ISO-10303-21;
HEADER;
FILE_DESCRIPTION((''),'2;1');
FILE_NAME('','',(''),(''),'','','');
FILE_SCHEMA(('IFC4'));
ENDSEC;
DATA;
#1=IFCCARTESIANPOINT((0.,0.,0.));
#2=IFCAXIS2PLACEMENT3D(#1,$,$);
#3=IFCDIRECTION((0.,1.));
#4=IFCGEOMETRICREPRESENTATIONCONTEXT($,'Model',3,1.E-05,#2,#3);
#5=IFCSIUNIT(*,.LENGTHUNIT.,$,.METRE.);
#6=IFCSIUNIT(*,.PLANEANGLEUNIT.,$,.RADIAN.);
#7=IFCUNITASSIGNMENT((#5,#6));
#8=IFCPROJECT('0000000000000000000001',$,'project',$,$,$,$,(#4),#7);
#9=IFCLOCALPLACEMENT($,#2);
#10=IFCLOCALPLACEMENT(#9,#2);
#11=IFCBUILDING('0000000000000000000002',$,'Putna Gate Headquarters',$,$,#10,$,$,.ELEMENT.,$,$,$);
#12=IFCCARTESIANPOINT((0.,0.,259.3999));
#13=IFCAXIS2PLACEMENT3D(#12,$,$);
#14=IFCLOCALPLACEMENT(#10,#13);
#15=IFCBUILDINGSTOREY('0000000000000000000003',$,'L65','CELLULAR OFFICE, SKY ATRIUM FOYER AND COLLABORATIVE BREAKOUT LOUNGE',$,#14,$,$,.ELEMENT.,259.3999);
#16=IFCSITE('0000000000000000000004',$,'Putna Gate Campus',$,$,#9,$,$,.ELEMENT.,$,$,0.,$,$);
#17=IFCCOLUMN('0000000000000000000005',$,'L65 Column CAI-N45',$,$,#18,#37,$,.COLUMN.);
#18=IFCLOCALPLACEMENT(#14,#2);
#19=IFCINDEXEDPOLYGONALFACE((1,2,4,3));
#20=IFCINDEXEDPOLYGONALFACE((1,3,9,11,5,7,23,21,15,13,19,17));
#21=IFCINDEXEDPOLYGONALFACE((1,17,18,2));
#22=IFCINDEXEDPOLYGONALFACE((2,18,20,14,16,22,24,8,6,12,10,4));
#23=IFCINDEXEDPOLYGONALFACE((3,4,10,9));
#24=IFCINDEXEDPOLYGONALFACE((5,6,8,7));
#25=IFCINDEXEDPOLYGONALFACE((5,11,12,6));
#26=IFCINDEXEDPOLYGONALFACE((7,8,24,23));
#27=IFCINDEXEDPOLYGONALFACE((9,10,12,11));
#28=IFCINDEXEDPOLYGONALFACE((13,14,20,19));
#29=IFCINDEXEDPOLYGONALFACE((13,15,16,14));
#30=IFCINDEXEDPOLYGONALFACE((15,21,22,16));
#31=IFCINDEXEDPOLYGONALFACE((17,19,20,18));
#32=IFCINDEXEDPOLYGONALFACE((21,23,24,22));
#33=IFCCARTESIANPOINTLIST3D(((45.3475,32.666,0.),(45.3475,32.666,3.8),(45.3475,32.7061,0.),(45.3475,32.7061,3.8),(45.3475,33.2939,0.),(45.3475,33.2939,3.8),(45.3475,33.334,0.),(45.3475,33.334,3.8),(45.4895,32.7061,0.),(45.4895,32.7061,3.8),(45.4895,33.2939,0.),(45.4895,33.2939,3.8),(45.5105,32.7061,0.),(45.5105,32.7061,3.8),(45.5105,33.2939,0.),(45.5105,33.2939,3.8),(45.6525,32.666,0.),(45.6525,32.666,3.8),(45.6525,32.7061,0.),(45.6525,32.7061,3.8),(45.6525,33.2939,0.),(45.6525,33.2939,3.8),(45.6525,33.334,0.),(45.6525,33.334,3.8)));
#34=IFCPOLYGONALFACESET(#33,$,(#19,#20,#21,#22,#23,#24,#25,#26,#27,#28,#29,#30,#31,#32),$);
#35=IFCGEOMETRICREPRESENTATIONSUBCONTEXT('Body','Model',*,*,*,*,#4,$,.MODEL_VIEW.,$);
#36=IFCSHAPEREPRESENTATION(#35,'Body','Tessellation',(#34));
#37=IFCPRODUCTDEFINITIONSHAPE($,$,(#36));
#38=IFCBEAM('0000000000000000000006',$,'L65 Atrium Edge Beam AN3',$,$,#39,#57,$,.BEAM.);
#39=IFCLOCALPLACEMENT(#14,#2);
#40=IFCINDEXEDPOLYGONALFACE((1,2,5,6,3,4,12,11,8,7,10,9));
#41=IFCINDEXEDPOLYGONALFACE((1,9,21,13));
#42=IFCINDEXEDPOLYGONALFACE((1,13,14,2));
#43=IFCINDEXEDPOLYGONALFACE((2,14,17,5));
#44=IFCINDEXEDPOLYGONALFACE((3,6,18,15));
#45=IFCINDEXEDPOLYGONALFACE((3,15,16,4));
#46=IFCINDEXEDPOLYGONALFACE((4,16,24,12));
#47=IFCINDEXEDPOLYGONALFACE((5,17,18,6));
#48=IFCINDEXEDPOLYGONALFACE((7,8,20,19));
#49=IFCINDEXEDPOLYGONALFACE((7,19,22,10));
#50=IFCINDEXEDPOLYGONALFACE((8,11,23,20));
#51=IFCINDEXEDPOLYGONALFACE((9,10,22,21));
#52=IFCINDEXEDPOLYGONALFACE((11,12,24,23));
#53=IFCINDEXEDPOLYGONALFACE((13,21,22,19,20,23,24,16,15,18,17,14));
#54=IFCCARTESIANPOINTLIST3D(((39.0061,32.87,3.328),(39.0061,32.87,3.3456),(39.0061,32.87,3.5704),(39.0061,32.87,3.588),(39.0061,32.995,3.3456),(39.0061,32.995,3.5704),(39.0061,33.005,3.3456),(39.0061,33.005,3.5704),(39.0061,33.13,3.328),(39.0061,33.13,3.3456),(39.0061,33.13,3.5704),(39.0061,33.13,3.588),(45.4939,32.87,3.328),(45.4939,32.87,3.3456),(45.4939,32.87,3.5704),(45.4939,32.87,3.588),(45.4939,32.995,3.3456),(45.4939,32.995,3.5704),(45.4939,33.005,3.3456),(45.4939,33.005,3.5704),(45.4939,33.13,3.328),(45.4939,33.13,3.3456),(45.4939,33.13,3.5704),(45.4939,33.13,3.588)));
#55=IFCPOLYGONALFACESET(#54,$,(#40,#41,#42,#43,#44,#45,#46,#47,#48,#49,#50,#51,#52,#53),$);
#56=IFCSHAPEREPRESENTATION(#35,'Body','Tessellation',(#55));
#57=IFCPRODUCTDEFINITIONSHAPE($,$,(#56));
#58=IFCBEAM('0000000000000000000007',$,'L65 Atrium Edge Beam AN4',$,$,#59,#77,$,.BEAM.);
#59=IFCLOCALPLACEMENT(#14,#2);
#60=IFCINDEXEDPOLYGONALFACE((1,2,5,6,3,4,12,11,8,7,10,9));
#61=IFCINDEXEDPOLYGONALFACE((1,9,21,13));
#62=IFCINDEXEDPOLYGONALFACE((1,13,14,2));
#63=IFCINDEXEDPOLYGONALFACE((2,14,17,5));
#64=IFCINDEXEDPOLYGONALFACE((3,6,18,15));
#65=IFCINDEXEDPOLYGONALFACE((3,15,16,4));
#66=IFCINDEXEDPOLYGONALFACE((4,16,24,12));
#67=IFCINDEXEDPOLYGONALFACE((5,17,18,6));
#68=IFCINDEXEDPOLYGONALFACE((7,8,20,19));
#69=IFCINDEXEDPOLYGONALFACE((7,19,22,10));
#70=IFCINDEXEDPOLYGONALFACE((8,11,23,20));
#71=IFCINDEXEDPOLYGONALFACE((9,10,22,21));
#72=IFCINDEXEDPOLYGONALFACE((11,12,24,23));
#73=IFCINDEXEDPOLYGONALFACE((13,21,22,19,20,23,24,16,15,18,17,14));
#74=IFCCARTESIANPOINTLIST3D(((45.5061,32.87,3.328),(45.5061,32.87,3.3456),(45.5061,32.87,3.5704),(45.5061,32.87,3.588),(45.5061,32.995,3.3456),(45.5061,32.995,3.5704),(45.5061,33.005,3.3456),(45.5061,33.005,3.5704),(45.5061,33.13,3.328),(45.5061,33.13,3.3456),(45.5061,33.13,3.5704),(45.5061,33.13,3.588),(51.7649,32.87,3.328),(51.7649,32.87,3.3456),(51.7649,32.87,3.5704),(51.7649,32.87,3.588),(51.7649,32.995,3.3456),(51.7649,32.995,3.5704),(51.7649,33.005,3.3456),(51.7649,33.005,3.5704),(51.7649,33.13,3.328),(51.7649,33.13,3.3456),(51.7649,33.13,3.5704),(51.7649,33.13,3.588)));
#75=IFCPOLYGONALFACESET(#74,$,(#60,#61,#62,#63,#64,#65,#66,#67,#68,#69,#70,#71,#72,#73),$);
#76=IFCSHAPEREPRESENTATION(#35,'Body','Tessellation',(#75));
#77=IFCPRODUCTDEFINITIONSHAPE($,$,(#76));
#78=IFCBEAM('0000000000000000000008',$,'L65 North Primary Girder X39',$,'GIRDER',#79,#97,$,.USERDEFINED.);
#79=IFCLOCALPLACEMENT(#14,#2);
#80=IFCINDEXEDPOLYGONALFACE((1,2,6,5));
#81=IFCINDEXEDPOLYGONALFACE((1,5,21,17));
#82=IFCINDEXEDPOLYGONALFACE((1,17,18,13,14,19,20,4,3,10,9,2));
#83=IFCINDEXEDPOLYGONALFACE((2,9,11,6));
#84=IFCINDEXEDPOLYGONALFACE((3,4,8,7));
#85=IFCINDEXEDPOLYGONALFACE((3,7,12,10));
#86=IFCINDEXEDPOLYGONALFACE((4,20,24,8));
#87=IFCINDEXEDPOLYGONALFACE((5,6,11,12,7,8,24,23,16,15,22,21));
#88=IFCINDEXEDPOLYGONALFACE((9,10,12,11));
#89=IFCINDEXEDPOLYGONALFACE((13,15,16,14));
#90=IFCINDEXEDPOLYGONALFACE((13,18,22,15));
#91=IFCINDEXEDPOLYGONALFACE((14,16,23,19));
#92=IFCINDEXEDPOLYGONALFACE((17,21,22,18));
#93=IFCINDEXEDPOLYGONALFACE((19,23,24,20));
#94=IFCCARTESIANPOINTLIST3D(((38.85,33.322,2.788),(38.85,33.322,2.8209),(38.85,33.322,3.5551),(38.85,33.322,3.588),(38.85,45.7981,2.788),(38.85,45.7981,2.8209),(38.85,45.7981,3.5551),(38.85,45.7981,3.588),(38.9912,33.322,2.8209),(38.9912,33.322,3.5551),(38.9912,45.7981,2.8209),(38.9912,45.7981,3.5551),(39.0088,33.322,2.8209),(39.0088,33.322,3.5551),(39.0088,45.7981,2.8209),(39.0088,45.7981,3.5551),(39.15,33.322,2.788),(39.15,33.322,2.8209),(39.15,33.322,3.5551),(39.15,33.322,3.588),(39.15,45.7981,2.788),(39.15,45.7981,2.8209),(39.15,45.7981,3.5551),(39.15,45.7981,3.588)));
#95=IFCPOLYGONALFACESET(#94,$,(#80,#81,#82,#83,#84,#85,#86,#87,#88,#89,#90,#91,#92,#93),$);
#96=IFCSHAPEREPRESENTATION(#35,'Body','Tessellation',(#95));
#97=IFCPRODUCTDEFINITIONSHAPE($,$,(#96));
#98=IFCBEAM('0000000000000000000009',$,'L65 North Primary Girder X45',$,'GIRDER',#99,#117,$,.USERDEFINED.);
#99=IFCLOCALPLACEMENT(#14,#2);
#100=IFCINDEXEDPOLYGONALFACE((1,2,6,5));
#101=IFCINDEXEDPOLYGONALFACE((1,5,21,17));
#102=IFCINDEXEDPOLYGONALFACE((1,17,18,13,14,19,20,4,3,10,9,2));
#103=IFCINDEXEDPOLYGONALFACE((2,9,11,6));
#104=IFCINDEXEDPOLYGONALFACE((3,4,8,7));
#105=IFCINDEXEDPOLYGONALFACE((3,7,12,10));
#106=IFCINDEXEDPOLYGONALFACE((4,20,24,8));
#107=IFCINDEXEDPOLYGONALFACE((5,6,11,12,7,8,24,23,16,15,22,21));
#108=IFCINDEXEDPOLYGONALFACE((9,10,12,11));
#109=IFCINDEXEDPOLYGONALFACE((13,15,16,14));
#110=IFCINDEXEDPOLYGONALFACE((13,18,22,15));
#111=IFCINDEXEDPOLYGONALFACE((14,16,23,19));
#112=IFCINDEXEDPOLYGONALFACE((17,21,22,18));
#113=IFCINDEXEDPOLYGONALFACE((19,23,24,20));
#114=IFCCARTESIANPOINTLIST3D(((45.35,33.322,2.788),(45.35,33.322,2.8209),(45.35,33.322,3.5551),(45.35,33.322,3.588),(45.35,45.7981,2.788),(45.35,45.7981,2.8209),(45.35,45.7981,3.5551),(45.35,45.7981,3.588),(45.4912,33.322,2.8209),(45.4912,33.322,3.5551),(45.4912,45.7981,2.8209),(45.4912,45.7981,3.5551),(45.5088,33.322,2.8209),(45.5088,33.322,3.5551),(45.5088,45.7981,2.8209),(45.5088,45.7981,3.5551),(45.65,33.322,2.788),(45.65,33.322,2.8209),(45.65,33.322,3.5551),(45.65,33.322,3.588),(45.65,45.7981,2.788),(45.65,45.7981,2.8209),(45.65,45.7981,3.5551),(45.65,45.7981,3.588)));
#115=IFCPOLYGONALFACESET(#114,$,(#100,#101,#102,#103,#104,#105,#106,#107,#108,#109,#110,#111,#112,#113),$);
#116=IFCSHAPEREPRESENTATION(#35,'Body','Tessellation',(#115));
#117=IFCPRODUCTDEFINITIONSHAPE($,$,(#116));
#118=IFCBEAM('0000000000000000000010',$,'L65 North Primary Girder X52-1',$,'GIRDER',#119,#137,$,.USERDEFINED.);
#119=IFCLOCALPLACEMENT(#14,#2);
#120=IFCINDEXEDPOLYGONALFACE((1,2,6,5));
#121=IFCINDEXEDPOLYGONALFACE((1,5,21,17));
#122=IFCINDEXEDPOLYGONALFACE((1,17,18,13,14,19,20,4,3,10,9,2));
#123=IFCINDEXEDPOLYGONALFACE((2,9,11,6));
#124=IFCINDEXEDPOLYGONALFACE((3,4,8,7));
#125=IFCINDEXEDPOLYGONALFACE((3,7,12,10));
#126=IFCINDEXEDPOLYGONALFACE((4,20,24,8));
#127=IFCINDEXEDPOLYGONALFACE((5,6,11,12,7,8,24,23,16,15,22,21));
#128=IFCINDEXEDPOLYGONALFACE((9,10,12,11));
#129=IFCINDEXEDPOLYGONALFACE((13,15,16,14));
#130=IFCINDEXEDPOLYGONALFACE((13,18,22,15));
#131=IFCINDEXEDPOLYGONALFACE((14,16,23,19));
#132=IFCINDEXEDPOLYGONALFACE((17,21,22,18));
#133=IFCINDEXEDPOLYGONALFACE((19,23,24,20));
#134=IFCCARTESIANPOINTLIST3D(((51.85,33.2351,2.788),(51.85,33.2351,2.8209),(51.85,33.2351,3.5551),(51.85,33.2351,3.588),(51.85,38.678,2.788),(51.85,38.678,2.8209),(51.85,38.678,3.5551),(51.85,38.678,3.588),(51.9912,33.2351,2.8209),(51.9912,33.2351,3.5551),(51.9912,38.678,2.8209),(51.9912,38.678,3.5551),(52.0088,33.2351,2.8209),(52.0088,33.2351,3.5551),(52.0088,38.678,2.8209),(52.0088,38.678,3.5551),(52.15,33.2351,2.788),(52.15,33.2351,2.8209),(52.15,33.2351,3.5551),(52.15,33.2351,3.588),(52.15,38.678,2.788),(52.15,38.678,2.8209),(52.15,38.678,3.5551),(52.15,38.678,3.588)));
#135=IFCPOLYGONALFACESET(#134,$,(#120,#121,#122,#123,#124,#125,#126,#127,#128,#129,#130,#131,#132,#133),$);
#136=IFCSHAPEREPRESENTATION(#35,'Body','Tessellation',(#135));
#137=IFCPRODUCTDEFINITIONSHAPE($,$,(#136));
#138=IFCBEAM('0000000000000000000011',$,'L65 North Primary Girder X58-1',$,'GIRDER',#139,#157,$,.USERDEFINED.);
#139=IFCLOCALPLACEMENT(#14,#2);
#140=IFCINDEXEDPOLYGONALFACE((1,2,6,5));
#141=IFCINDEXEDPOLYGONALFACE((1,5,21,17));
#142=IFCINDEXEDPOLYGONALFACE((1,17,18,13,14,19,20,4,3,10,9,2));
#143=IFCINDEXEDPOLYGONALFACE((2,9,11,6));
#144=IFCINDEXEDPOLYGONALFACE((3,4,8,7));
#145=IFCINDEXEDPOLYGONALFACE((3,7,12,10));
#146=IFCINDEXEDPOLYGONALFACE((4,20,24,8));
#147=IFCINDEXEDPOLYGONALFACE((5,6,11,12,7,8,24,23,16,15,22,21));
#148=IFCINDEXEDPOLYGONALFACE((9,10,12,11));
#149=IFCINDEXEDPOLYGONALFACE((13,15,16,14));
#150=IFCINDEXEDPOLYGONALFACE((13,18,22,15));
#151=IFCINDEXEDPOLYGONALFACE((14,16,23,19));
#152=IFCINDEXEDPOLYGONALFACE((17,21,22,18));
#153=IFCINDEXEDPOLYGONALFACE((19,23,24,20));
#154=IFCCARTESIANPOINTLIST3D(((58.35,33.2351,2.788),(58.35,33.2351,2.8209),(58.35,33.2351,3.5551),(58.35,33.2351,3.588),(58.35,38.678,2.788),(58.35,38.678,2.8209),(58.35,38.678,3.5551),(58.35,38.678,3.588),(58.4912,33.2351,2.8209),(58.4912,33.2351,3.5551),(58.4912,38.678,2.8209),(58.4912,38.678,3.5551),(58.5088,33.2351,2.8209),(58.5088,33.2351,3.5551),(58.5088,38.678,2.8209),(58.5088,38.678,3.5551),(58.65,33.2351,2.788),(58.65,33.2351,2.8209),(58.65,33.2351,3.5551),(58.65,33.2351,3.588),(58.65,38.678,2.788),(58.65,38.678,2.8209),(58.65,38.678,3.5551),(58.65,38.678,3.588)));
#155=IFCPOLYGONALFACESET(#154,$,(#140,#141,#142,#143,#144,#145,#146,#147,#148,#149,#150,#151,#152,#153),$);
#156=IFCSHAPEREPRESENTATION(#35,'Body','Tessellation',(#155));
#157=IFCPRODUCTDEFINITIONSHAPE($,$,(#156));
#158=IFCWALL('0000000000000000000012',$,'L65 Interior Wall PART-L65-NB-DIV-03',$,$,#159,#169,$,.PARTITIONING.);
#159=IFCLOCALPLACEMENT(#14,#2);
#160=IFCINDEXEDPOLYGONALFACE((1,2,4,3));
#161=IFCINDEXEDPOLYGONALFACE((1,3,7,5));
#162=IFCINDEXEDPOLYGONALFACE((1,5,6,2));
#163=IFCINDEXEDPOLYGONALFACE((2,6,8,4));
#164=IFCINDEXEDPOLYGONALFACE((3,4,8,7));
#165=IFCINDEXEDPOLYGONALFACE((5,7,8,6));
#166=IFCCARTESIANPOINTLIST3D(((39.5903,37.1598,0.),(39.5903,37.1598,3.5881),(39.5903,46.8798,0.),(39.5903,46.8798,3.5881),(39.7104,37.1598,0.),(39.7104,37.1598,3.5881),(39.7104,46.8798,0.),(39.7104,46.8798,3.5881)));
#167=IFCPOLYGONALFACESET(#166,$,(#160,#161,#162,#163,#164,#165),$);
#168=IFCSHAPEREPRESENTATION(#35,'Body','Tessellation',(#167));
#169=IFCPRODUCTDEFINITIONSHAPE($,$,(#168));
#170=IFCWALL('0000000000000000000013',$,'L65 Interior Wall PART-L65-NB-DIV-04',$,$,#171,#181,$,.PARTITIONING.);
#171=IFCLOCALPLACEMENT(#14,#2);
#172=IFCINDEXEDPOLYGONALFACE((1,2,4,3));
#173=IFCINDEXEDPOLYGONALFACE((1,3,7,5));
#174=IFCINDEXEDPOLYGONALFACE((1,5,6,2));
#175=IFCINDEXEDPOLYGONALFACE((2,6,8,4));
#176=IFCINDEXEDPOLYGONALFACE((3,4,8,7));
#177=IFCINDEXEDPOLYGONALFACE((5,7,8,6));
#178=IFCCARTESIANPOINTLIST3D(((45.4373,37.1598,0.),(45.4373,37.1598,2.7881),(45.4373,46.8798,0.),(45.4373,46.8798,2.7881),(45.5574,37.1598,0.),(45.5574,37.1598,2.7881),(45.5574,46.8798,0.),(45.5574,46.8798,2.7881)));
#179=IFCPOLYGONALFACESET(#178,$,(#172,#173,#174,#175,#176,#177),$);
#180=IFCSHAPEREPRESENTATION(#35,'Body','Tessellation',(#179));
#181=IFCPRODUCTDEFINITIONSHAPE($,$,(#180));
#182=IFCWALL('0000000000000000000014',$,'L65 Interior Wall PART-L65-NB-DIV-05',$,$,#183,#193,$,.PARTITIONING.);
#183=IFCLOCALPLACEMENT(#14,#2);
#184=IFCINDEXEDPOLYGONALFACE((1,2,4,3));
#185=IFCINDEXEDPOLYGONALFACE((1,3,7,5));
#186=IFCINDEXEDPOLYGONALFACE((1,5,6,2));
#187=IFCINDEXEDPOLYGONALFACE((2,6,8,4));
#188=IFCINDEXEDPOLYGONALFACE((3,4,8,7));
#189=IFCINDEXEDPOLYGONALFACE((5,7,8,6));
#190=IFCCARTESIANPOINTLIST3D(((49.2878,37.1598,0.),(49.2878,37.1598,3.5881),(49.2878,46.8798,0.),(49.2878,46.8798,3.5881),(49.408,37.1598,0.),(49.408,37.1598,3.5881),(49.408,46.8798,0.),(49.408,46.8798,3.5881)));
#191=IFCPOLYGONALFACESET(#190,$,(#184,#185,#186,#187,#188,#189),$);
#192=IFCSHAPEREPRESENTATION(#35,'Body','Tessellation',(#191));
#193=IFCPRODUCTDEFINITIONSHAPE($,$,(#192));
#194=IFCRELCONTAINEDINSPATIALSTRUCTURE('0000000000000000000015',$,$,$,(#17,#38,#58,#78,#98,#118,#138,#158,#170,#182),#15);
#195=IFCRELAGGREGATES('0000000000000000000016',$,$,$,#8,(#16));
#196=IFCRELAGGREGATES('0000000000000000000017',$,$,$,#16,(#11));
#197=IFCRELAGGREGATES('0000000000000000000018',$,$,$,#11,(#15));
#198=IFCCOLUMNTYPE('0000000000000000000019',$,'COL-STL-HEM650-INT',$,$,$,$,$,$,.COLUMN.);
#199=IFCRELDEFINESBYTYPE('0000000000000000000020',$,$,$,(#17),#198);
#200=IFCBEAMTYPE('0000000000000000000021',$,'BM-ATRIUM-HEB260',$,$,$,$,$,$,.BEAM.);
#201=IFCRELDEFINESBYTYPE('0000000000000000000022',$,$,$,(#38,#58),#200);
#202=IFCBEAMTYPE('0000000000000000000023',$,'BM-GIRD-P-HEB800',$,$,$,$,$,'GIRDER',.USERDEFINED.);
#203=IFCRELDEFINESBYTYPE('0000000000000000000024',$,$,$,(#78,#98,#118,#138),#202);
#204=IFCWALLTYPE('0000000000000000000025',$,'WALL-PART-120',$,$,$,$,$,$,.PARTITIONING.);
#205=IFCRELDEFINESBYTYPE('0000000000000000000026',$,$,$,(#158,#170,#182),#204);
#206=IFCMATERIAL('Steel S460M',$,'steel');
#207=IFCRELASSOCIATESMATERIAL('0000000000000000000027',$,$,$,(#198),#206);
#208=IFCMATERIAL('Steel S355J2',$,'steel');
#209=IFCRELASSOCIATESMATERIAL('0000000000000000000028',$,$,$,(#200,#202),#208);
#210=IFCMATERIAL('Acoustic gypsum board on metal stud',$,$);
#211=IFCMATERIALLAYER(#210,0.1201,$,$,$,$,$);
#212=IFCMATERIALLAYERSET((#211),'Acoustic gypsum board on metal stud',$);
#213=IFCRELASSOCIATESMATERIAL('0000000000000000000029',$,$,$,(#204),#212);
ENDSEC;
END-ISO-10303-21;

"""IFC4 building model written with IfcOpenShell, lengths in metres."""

from ifc_helpers import new_model, si_unit, direction, frame, frame_2d, origin, origin_2d, place, context, subcontext, project, spatial, rectangle, i_section, extrude, material, layer, layer_set, material_profile, profile_set, type_object, element, save


model = new_model("IFC4")

# Units and contexts
model_context = context("Model", 3, precision=1e-05, world=origin(), true_north=direction((0.0, 1.0)))
body_context = subcontext(model_context, "Body", "Model", "MODEL_VIEW")
ifc_project = project(units=[si_unit("LENGTHUNIT", "METRE"), si_unit("PLANEANGLEUNIT", "RADIAN")], contexts=[model_context])

# Site, building, storey
site_placement = place(None, origin())
site = spatial("IfcSite", under=ifc_project, at=site_placement, Name="Putna Gate Campus", CompositionType="ELEMENT", RefElevation=0.0)
building_placement = place(site_placement, origin())
building = spatial("IfcBuilding", under=site, at=building_placement, Name="Putna Gate Headquarters", CompositionType="ELEMENT")
storey_placement = place(building_placement, frame((0.0, 0.0, 259.3999)))
storey = spatial("IfcBuildingStorey", under=building, at=storey_placement, Name="L65", Description="CELLULAR OFFICE, SKY ATRIUM FOYER AND COLLABORATIVE BREAKOUT LOUNGE", CompositionType="ELEMENT", Elevation=259.3999)

# Column
ifc_material_1 = material(Name="Steel S460M", Category="steel")
ifc_material_profile_1 = material_profile(ifc_material_1, i_section(OverallWidth=0.3049, OverallDepth=0.668, WebThickness=0.021, FlangeThickness=0.04, at=origin_2d()), Name="Steel S460M")
ifc_profile_set_1 = profile_set([ifc_material_profile_1], Name="Steel S460M")
column_type = type_object("IfcColumnType", Name="COL-STL-HEM650-INT", PredefinedType="COLUMN", material=ifc_profile_set_1)
column_placement = place(storey_placement, frame((45.5, 33.0, 0.0), z_axis=(0.0, 0.0, 1.0), x_axis=(1.0, 0.0, 0.0)))
element("IfcColumn", 1, at=column_placement, inside=storey, type_object=column_type, Name="L65 Column CAI-N45", PredefinedType="COLUMN", context=body_context, shape_type="SweptSolid", body=[
    extrude(i_section(OverallWidth=0.3049, OverallDepth=0.668, WebThickness=0.021, FlangeThickness=0.04, at=origin_2d()), origin(), (0.0, 0.0, 1.0), 3.8),
])

# Beams
ifc_material_2 = material(Name="Steel S355J2", Category="steel")
ifc_material_profile_2 = material_profile(ifc_material_2, i_section(OverallWidth=0.26, OverallDepth=0.26, WebThickness=0.01, FlangeThickness=0.0176, at=origin_2d()), Name="Steel S355J2")
ifc_profile_set_2 = profile_set([ifc_material_profile_2], Name="Steel S355J2")
beam_type_1 = type_object("IfcBeamType", Name="BM-ATRIUM-HEB260", PredefinedType="BEAM", material=ifc_profile_set_2)
beam_1_placement = place(storey_placement, frame((39.0061, 33.0, 3.458), z_axis=(1.0, 0.0, 0.0), x_axis=(0.0, 1.0, 0.0)))
element("IfcBeam", 2, at=beam_1_placement, inside=storey, type_object=beam_type_1, Name="L65 Atrium Edge Beam AN3", PredefinedType="BEAM", context=body_context, shape_type="SweptSolid", body=[
    extrude(i_section(OverallWidth=0.26, OverallDepth=0.26, WebThickness=0.01, FlangeThickness=0.0176, at=origin_2d()), origin(), (0.0, 0.0, 1.0), 6.4878),
])
beam_2_placement = place(storey_placement, frame((45.5061, 33.0, 3.458), z_axis=(1.0, 0.0, 0.0), x_axis=(0.0, 1.0, 0.0)))
element("IfcBeam", 3, at=beam_2_placement, inside=storey, type_object=beam_type_1, Name="L65 Atrium Edge Beam AN4", PredefinedType="BEAM", context=body_context, shape_type="SweptSolid", body=[
    extrude(i_section(OverallWidth=0.26, OverallDepth=0.26, WebThickness=0.01, FlangeThickness=0.0176, at=origin_2d()), origin(), (0.0, 0.0, 1.0), 6.2588),
])
ifc_material_profile_3 = material_profile(ifc_material_2, i_section(OverallWidth=0.3, OverallDepth=0.8, WebThickness=0.0176, FlangeThickness=0.033, at=origin_2d()), Name="Steel S355J2")
ifc_profile_set_3 = profile_set([ifc_material_profile_3], Name="Steel S355J2")
beam_type_2 = type_object("IfcBeamType", Name="BM-GIRD-P-HEB800", ElementType="GIRDER", PredefinedType="USERDEFINED", material=ifc_profile_set_3)
for number, where, z_axis, x_axis, name in (
    (4, (39.0, 33.322, 3.188), (0.0, 1.0, 0.0), (-1.0, 0.0, 0.0), "L65 North Primary Girder X39"),
    (5, (45.5, 33.322, 3.188), (0.0, 1.0, 0.0), (-1.0, 0.0, 0.0), "L65 North Primary Girder X45"),
):
    element("IfcBeam", number, at=place(storey_placement, frame(where, z_axis=z_axis, x_axis=x_axis)), inside=storey, type_object=beam_type_2, Name=name, ObjectType="GIRDER", PredefinedType="USERDEFINED", context=body_context, shape_type="SweptSolid", body=[
        extrude(i_section(OverallWidth=0.3, OverallDepth=0.8, WebThickness=0.0176, FlangeThickness=0.033, at=origin_2d()), origin(), (0.0, 0.0, 1.0), 12.4761),
    ])
for number, where, z_axis, x_axis, name in (
    (6, (52.0, 33.2351, 3.188), (0.0, 1.0, 0.0), (-1.0, 0.0, 0.0), "L65 North Primary Girder X52-1"),
    (7, (58.5, 33.2351, 3.188), (0.0, 1.0, 0.0), (-1.0, 0.0, 0.0), "L65 North Primary Girder X58-1"),
):
    element("IfcBeam", number, at=place(storey_placement, frame(where, z_axis=z_axis, x_axis=x_axis)), inside=storey, type_object=beam_type_2, Name=name, ObjectType="GIRDER", PredefinedType="USERDEFINED", context=body_context, shape_type="SweptSolid", body=[
        extrude(i_section(OverallWidth=0.3, OverallDepth=0.8, WebThickness=0.0176, FlangeThickness=0.033, at=origin_2d()), origin(), (0.0, 0.0, 1.0), 5.4429),
    ])

# Shared definitions
ifc_material_3 = material(Name="Acoustic gypsum board on metal stud")
ifc_layer_1 = layer(ifc_material_3, 0.1201)
ifc_layer_set_1 = layer_set([ifc_layer_1], Name="Acoustic gypsum board on metal stud")
wall_type_1 = type_object("IfcWallType", Name="WALL-PART-120", PredefinedType="PARTITIONING", material=ifc_layer_set_1)

# Walls
wall_1_placement = place(storey_placement, frame((39.6504, 37.1599, 0.0), z_axis=(0.0, 0.0, 1.0), x_axis=(0.0, 1.0, 0.0)))
element("IfcWall", 8, at=wall_1_placement, inside=storey, type_object=wall_type_1, Name="L65 Interior Wall PART-L65-NB-DIV-03", PredefinedType="PARTITIONING", context=body_context, shape_type="SweptSolid", body=[
    extrude(rectangle(XDim=9.72, YDim=0.1201, at=frame_2d((4.8599, 0.0))), origin(), (0.0, 0.0, 1.0), 3.5881),
])
wall_2_placement = place(storey_placement, frame((45.4973, 37.1599, 0.0), z_axis=(0.0, 0.0, 1.0), x_axis=(0.0, 1.0, 0.0)))
element("IfcWall", 9, at=wall_2_placement, inside=storey, type_object=wall_type_1, Name="L65 Interior Wall PART-L65-NB-DIV-04", PredefinedType="PARTITIONING", context=body_context, shape_type="SweptSolid", body=[
    extrude(rectangle(XDim=9.72, YDim=0.1201, at=frame_2d((4.8599, 0.0))), origin(), (0.0, 0.0, 1.0), 2.7881),
])
for number, where, z_axis, x_axis, name in (
    (10, (49.3479, 37.1599, 0.0), (0.0, 0.0, 1.0), (0.0, 1.0, 0.0), "L65 Interior Wall PART-L65-NB-DIV-05"),
):
    element("IfcWall", number, at=place(storey_placement, frame(where, z_axis=z_axis, x_axis=x_axis)), inside=storey, type_object=wall_type_1, Name=name, PredefinedType="PARTITIONING", context=body_context, shape_type="SweptSolid", body=[
        extrude(rectangle(XDim=9.72, YDim=0.1201, at=frame_2d((4.8599, 0.0))), origin(), (0.0, 0.0, 1.0), 3.5881),
    ])

save(model, "model.ifc")
